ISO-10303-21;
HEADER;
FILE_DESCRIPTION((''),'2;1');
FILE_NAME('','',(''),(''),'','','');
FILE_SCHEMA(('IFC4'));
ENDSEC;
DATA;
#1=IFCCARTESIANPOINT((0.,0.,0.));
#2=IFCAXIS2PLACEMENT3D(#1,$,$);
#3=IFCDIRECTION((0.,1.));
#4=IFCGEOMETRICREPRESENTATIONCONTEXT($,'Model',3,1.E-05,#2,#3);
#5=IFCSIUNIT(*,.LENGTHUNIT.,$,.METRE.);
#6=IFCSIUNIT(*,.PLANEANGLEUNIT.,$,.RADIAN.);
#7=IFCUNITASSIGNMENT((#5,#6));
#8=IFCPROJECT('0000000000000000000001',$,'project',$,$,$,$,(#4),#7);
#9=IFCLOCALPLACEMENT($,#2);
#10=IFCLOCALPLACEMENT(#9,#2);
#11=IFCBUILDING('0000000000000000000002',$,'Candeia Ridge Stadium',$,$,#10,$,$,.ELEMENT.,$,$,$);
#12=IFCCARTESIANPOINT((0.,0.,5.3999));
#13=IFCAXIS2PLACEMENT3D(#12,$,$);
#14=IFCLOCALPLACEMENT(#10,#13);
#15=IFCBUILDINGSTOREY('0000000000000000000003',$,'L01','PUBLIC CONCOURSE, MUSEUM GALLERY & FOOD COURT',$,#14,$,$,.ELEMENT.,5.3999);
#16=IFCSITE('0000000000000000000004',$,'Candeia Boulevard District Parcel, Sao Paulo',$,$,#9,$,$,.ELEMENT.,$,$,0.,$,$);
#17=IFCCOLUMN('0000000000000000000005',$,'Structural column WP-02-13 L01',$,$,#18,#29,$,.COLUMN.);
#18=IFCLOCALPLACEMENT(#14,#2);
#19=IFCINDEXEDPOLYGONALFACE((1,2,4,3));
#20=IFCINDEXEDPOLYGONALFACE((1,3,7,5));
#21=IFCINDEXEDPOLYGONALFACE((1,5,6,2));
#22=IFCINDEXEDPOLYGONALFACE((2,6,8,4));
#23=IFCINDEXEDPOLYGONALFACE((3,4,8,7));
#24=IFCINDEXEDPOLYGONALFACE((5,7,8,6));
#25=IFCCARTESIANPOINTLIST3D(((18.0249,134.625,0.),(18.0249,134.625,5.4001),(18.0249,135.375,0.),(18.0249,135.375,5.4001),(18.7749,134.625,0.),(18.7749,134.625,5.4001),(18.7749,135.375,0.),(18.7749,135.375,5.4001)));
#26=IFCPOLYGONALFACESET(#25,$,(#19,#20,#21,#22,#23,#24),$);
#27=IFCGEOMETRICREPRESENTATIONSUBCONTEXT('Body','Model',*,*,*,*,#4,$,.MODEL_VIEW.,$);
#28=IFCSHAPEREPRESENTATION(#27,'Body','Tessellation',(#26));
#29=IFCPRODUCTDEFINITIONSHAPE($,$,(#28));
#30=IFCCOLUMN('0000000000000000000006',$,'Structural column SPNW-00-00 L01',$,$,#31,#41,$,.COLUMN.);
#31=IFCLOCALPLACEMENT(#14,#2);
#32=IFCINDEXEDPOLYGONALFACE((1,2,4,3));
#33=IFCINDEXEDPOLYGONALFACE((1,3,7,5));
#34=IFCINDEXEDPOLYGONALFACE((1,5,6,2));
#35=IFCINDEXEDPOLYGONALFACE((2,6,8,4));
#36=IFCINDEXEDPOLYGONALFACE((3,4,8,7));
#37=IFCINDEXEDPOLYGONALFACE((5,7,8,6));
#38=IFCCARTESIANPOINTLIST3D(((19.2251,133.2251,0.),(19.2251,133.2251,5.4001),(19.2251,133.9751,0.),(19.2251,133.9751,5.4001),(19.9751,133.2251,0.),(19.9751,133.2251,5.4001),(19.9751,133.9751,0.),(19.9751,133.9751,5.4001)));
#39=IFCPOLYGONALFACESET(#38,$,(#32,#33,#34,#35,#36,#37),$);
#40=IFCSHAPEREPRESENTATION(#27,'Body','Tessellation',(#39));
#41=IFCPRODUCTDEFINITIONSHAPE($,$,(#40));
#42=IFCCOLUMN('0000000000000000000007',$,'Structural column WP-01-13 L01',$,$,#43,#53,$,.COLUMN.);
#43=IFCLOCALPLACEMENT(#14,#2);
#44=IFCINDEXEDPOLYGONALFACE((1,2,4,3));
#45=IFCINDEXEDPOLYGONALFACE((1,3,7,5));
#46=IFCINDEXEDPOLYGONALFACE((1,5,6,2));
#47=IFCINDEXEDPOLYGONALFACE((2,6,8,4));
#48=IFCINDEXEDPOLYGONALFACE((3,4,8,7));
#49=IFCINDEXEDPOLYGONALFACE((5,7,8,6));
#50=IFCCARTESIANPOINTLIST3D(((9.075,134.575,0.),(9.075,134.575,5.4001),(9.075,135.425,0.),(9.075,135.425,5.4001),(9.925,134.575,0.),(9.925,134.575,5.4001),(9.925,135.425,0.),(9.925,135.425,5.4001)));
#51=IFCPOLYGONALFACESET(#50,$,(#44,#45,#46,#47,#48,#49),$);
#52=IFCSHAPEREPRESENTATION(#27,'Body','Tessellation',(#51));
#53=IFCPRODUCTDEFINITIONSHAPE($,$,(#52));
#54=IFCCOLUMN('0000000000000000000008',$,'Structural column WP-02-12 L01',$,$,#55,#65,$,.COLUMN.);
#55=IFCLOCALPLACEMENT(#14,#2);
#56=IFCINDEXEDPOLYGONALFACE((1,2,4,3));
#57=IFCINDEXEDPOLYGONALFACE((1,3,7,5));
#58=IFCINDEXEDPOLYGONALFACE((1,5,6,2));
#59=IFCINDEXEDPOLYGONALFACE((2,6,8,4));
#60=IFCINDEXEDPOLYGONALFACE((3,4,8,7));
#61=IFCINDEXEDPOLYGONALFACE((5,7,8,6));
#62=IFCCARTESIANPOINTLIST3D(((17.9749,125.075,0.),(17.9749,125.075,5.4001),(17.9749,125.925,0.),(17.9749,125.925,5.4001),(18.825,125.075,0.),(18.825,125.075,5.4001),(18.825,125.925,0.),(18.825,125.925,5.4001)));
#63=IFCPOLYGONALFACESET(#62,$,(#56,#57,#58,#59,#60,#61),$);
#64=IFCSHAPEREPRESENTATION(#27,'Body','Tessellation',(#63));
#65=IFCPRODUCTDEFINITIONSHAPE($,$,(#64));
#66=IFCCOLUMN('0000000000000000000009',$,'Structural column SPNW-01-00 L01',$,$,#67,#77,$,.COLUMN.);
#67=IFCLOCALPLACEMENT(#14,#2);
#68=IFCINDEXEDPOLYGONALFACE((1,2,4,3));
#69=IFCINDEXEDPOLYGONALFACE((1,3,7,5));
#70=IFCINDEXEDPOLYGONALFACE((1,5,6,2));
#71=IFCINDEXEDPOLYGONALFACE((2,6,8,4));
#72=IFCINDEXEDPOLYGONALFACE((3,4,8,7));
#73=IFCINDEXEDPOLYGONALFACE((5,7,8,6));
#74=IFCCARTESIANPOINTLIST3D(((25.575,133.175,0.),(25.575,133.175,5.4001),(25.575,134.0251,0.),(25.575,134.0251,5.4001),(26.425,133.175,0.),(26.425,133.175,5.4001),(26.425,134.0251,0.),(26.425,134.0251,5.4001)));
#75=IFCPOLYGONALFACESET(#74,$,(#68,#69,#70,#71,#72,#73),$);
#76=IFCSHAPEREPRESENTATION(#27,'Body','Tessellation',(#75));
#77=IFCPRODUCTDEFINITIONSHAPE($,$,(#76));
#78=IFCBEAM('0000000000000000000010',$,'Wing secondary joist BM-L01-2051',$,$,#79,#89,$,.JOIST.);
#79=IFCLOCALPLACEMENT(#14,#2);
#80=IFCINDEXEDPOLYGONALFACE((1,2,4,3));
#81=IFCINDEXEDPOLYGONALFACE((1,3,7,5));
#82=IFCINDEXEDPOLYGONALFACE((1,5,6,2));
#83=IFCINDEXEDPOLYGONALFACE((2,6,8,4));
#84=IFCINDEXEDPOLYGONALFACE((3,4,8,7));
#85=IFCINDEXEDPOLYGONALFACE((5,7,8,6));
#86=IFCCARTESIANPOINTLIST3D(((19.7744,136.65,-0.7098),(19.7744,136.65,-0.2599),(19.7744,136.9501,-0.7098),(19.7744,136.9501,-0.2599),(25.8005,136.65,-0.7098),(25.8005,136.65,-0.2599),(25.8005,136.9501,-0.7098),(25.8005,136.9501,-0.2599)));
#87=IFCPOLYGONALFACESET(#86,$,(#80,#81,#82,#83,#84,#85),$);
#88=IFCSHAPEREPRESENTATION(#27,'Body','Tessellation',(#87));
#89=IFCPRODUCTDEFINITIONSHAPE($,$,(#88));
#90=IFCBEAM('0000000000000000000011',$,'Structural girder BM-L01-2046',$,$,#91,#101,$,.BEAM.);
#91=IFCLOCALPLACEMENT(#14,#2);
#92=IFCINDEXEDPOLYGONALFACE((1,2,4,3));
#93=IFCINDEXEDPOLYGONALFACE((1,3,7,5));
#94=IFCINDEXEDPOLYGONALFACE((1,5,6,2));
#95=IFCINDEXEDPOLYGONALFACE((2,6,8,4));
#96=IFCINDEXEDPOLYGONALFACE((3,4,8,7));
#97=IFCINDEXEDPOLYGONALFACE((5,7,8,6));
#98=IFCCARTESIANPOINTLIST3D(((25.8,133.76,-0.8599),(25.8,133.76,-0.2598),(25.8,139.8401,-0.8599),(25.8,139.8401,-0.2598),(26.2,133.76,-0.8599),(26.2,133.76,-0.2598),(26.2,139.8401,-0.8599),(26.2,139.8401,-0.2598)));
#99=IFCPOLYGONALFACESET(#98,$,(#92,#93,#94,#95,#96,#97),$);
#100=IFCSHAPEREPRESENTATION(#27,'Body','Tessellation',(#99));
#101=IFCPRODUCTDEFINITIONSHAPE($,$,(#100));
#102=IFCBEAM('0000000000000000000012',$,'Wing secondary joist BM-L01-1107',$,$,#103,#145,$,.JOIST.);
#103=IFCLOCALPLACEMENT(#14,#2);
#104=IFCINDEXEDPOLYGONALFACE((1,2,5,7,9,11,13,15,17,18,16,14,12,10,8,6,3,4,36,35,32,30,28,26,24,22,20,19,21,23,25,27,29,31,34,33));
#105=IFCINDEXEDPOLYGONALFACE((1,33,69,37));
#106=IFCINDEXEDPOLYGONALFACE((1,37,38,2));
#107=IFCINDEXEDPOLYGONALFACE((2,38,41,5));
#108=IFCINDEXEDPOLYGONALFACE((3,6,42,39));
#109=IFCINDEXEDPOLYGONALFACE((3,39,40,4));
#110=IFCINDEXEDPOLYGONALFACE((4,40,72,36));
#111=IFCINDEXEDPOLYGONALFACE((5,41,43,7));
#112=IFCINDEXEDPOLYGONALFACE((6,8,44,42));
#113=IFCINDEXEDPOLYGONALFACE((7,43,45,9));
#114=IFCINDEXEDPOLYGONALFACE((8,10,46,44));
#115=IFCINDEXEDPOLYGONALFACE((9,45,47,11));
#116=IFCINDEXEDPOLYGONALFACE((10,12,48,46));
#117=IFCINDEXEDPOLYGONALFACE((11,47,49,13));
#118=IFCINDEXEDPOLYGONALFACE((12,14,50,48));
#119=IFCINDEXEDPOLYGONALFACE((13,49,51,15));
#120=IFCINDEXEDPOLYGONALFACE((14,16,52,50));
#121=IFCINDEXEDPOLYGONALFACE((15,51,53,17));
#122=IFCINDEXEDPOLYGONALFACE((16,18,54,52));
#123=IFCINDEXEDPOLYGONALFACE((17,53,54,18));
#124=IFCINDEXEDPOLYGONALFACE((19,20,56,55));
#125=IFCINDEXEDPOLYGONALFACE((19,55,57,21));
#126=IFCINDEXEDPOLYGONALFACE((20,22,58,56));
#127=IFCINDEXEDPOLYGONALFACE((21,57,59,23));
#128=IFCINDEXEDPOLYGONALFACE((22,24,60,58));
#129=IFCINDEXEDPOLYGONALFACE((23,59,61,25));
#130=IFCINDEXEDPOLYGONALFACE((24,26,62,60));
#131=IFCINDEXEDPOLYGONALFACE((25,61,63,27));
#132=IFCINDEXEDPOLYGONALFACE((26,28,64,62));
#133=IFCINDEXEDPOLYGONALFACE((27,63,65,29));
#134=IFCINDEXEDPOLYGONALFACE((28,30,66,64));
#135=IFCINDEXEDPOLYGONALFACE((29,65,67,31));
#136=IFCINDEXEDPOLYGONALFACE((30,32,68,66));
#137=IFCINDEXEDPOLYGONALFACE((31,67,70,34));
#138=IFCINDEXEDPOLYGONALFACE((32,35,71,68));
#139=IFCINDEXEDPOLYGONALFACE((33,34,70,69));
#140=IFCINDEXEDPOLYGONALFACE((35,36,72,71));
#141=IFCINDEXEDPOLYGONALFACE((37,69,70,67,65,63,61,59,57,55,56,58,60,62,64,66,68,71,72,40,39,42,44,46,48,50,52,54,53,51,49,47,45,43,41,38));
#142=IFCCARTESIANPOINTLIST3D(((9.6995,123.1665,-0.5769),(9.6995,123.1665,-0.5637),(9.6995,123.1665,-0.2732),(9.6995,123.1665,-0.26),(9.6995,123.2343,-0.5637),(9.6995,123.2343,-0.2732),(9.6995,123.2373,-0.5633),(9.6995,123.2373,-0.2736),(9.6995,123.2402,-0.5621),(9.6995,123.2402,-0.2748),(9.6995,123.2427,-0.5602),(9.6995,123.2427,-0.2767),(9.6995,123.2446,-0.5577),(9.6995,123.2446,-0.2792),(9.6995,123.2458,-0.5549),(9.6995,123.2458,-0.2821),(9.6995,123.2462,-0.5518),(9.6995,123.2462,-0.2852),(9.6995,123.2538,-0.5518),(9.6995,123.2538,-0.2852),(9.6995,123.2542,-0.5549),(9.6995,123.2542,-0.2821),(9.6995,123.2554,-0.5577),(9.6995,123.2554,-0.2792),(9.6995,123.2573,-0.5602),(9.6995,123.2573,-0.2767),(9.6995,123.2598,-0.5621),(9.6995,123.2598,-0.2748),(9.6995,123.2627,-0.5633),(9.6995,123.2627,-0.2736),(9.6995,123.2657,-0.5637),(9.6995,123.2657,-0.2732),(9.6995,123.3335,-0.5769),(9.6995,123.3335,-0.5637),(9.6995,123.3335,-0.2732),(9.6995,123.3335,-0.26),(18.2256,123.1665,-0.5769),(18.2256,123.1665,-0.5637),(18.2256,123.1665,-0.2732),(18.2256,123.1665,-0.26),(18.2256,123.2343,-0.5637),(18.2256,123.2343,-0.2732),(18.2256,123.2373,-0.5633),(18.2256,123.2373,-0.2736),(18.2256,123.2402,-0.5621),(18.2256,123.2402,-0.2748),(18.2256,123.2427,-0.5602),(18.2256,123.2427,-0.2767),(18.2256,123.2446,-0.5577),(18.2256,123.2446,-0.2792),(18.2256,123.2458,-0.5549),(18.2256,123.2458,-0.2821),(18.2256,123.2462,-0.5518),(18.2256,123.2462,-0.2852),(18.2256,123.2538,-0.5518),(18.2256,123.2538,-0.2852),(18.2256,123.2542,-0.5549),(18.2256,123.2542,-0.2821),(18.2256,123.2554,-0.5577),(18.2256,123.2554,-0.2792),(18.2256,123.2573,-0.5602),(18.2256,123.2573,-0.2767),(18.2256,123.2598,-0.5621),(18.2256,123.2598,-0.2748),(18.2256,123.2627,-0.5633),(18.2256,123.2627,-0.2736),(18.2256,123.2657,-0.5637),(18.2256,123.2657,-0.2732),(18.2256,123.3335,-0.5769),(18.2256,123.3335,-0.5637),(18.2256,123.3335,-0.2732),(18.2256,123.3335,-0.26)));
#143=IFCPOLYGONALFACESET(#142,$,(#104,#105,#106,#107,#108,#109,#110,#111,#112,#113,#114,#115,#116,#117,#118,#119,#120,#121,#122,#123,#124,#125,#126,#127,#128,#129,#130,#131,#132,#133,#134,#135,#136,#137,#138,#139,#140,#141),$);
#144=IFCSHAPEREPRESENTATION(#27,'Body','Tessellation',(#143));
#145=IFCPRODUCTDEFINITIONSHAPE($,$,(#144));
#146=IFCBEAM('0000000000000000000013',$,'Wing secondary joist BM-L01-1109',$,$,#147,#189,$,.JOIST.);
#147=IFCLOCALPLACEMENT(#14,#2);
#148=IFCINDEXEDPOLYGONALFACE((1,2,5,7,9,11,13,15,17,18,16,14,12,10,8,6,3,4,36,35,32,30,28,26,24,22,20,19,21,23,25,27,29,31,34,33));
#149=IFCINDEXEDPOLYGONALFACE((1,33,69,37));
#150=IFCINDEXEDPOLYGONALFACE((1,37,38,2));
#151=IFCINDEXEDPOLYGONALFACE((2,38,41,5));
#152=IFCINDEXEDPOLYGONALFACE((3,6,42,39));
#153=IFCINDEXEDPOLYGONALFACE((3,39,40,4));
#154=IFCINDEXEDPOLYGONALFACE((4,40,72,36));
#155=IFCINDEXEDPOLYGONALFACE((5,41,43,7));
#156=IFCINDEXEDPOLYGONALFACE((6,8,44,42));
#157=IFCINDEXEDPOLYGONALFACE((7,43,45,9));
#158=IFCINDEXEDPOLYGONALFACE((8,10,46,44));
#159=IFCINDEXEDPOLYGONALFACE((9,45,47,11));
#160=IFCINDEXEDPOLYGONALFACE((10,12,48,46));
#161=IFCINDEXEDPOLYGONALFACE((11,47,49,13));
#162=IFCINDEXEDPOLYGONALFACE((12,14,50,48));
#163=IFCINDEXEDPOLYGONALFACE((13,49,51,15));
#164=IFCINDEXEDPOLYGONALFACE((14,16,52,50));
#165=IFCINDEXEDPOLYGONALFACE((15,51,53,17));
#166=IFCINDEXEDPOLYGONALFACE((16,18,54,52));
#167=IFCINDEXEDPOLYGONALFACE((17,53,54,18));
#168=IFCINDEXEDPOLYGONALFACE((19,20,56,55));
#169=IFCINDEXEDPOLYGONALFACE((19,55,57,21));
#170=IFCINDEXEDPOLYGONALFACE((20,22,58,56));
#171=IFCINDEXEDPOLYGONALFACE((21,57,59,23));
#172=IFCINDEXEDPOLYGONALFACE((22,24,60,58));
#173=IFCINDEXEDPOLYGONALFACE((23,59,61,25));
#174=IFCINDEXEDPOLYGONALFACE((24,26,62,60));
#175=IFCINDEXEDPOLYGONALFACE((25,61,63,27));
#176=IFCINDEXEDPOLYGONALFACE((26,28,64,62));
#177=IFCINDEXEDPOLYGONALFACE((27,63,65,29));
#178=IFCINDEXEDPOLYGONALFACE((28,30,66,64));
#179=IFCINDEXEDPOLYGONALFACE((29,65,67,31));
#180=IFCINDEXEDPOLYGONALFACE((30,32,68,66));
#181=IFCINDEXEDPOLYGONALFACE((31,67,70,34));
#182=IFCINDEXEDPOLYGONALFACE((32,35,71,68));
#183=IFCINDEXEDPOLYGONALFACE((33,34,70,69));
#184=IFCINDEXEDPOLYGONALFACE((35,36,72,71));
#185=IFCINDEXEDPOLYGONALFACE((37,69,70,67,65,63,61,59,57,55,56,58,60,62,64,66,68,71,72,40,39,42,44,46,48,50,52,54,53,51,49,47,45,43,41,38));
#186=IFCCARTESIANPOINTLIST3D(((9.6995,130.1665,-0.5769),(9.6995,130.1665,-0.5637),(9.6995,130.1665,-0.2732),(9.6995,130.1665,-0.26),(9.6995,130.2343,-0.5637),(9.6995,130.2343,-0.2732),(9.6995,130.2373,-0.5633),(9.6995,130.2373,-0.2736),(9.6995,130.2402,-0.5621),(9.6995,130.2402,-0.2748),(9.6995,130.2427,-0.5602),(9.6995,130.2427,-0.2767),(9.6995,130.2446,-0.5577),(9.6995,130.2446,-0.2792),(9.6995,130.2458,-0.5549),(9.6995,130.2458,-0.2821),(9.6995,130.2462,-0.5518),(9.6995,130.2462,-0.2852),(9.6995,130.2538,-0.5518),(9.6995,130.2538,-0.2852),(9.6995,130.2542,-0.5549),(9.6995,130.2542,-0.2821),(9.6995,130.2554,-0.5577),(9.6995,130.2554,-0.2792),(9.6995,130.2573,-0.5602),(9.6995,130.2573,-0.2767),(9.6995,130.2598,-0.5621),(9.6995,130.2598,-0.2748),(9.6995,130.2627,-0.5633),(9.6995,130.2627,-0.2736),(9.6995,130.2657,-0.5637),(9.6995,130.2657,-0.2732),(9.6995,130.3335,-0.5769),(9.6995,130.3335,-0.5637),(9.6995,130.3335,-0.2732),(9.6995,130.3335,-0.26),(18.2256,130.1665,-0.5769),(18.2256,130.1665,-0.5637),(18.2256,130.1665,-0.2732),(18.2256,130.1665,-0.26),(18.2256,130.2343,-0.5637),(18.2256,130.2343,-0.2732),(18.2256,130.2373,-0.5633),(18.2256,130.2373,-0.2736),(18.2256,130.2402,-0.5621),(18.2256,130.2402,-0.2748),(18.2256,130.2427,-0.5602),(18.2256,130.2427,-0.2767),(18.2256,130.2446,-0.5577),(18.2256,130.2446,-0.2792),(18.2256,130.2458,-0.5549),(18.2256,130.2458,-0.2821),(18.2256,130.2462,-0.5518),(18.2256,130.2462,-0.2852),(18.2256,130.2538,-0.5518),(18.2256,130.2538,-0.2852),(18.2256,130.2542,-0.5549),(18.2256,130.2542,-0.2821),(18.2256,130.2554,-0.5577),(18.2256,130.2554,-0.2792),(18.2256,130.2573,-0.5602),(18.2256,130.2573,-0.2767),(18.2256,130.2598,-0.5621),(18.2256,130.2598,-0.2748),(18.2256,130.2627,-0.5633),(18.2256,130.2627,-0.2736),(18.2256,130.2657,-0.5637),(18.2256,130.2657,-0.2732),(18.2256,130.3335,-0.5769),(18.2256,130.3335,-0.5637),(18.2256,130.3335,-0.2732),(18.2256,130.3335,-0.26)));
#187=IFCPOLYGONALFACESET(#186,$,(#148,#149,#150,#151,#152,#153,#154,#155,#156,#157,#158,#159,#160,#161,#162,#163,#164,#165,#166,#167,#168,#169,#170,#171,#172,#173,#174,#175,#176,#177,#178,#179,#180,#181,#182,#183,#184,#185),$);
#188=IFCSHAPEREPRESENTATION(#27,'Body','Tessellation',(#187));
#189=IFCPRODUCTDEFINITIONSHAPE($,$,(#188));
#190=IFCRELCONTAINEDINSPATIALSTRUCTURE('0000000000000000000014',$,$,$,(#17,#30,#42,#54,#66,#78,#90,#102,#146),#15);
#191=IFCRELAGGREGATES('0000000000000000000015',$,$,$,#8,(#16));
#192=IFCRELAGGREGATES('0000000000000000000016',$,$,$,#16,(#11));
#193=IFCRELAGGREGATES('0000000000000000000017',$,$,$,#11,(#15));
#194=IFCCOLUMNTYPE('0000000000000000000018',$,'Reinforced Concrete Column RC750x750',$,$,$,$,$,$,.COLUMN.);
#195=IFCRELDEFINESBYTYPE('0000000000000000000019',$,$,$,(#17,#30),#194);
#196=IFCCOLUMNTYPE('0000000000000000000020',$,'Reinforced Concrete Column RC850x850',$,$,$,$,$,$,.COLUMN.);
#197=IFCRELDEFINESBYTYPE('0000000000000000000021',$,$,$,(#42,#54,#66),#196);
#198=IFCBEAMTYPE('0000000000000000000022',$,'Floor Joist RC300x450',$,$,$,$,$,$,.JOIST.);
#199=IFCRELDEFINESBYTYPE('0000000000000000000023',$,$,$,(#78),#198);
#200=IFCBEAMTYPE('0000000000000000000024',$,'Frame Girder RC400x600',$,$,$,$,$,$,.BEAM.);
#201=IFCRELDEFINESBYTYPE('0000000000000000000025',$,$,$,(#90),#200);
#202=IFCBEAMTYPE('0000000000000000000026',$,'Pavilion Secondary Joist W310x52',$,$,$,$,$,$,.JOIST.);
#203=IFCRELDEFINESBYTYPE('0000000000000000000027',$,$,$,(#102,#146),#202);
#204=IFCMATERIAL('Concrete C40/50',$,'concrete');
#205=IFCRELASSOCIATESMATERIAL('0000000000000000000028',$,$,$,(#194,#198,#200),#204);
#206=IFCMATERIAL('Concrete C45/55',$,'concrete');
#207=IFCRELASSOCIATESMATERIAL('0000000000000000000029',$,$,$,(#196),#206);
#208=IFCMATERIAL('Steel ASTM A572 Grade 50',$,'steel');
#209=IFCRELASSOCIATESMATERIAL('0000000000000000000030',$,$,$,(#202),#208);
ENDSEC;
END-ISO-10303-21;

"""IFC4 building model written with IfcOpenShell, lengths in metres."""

from ifc_helpers import new_model, si_unit, direction, frame, origin, origin_2d, place, context, subcontext, project, spatial, rectangle, i_section, extrude, material, material_profile, profile_set, type_object, element, save


model = new_model("IFC4")

# Units and contexts
model_context = context("Model", 3, precision=1e-05, world=origin(), true_north=direction((0.0, 1.0)))
body_context = subcontext(model_context, "Body", "Model", "MODEL_VIEW")
ifc_project = project(units=[si_unit("LENGTHUNIT", "METRE"), si_unit("PLANEANGLEUNIT", "RADIAN")], contexts=[model_context])

# Site, building, storey
site_placement = place(None, origin())
site = spatial("IfcSite", under=ifc_project, at=site_placement, Name="Candeia Boulevard District Parcel, Sao Paulo", CompositionType="ELEMENT", RefElevation=0.0)
building_placement = place(site_placement, origin())
building = spatial("IfcBuilding", under=site, at=building_placement, Name="Candeia Ridge Stadium", CompositionType="ELEMENT")
storey_placement = place(building_placement, frame((0.0, 0.0, 5.3999)))
storey = spatial("IfcBuildingStorey", under=building, at=storey_placement, Name="L01", Description="PUBLIC CONCOURSE, MUSEUM GALLERY & FOOD COURT", CompositionType="ELEMENT", Elevation=5.3999)

# Columns
ifc_material_1 = material(Name="Concrete C40/50", Category="concrete")
ifc_material_profile_1 = material_profile(ifc_material_1, rectangle(XDim=0.75, YDim=0.75, at=origin_2d()), Name="RC750x750", Category="concrete")
ifc_profile_set_1 = profile_set([ifc_material_profile_1], Name="Concrete C40/50")
column_type_1 = type_object("IfcColumnType", Name="Reinforced Concrete Column RC750x750", PredefinedType="COLUMN", material=ifc_profile_set_1)
for number, where, z_axis, x_axis, name in (
    (1, (18.3999, 135.0, 0.0), (0.0, 0.0, 1.0), (1.0, 0.0, 0.0), "Structural column WP-02-13 L01"),
    (2, (19.6001, 133.6001, 0.0), (0.0, 0.0, 1.0), (1.0, 0.0, 0.0), "Structural column SPNW-00-00 L01"),
):
    element("IfcColumn", number, at=place(storey_placement, frame(where, z_axis=z_axis, x_axis=x_axis)), inside=storey, type_object=column_type_1, Name=name, PredefinedType="COLUMN", context=body_context, shape_type="SweptSolid", body=[
        extrude(rectangle(XDim=0.75, YDim=0.75, at=origin_2d()), origin(), (0.0, 0.0, 1.0), 5.4001),
    ])
ifc_material_2 = material(Name="Concrete C45/55", Category="concrete")
ifc_material_profile_2 = material_profile(ifc_material_2, rectangle(XDim=0.8501, YDim=0.8501, at=origin_2d()), Name="RC850x850", Category="concrete")
ifc_profile_set_2 = profile_set([ifc_material_profile_2], Name="Concrete C45/55")
column_type_2 = type_object("IfcColumnType", Name="Reinforced Concrete Column RC850x850", PredefinedType="COLUMN", material=ifc_profile_set_2)
for number, where, z_axis, x_axis, name in (
    (3, (9.5, 135.0, 0.0), (0.0, 0.0, 1.0), (1.0, 0.0, 0.0), "Structural column WP-01-13 L01"),
    (4, (18.3999, 125.5, 0.0), (0.0, 0.0, 1.0), (1.0, 0.0, 0.0), "Structural column WP-02-12 L01"),
    (5, (26.0, 133.6001, 0.0), (0.0, 0.0, 1.0), (1.0, 0.0, 0.0), "Structural column SPNW-01-00 L01"),
):
    element("IfcColumn", number, at=place(storey_placement, frame(where, z_axis=z_axis, x_axis=x_axis)), inside=storey, type_object=column_type_2, Name=name, PredefinedType="COLUMN", context=body_context, shape_type="SweptSolid", body=[
        extrude(rectangle(XDim=0.8501, YDim=0.8501, at=origin_2d()), origin(), (0.0, 0.0, 1.0), 5.4001),
    ])

# Beams
ifc_material_profile_3 = material_profile(ifc_material_1, rectangle(XDim=0.3, YDim=0.45, at=origin_2d()), Name="RC300x450", Category="concrete")
ifc_profile_set_3 = profile_set([ifc_material_profile_3], Name="Concrete C40/50")
beam_type_1 = type_object("IfcBeamType", Name="Floor Joist RC300x450", PredefinedType="JOIST", material=ifc_profile_set_3)
beam_1_placement = place(storey_placement, frame((19.7744, 136.8, -0.4849), z_axis=(1.0, 0.0, 0.0), x_axis=(0.0, 1.0, 0.0)))
element("IfcBeam", 6, at=beam_1_placement, inside=storey, type_object=beam_type_1, Name="Wing secondary joist BM-L01-2051", PredefinedType="JOIST", context=body_context, shape_type="SweptSolid", body=[
    extrude(rectangle(XDim=0.3, YDim=0.45, at=origin_2d()), origin(), (0.0, 0.0, 1.0), 6.0261),
])
ifc_material_profile_4 = material_profile(ifc_material_1, rectangle(XDim=0.3999, YDim=0.6001, at=origin_2d()), Name="RC400x600", Category="concrete")
ifc_profile_set_4 = profile_set([ifc_material_profile_4], Name="Concrete C40/50")
beam_type_2 = type_object("IfcBeamType", Name="Frame Girder RC400x600", PredefinedType="BEAM", material=ifc_profile_set_4)
beam_2_placement = place(storey_placement, frame((26.0, 133.76, -0.5598), z_axis=(0.0, 1.0, 0.0), x_axis=(-1.0, 0.0, 0.0)))
element("IfcBeam", 7, at=beam_2_placement, inside=storey, type_object=beam_type_2, Name="Structural girder BM-L01-2046", PredefinedType="BEAM", context=body_context, shape_type="SweptSolid", body=[
    extrude(rectangle(XDim=0.3999, YDim=0.6001, at=origin_2d()), origin(), (0.0, 0.0, 1.0), 6.0801),
])
ifc_material_3 = material(Name="Steel ASTM A572 Grade 50", Category="steel")
ifc_material_profile_5 = material_profile(ifc_material_3, i_section(OverallWidth=0.167, OverallDepth=0.3169, WebThickness=0.0076, FlangeThickness=0.0132, FilletRadius=0.012, at=origin_2d()), Name="W310x52", Category="steel")
ifc_profile_set_5 = profile_set([ifc_material_profile_5], Name="Steel ASTM A572 Grade 50")
beam_type_3 = type_object("IfcBeamType", Name="Pavilion Secondary Joist W310x52", PredefinedType="JOIST", material=ifc_profile_set_5)
for number, where, z_axis, x_axis, name in (
    (8, (9.6995, 123.25, -0.4185), (1.0, 0.0, 0.0), (0.0, 1.0, 0.0), "Wing secondary joist BM-L01-1107"),
    (9, (9.6995, 130.25, -0.4185), (1.0, 0.0, 0.0), (0.0, 1.0, 0.0), "Wing secondary joist BM-L01-1109"),
):
    element("IfcBeam", number, at=place(storey_placement, frame(where, z_axis=z_axis, x_axis=x_axis)), inside=storey, type_object=beam_type_3, Name=name, PredefinedType="JOIST", context=body_context, shape_type="SweptSolid", body=[
        extrude(i_section(OverallWidth=0.167, OverallDepth=0.3169, WebThickness=0.0076, FlangeThickness=0.0132, FilletRadius=0.012, at=origin_2d()), origin(), (0.0, 0.0, 1.0), 8.5261),
    ])

save(model, "model.ifc")
